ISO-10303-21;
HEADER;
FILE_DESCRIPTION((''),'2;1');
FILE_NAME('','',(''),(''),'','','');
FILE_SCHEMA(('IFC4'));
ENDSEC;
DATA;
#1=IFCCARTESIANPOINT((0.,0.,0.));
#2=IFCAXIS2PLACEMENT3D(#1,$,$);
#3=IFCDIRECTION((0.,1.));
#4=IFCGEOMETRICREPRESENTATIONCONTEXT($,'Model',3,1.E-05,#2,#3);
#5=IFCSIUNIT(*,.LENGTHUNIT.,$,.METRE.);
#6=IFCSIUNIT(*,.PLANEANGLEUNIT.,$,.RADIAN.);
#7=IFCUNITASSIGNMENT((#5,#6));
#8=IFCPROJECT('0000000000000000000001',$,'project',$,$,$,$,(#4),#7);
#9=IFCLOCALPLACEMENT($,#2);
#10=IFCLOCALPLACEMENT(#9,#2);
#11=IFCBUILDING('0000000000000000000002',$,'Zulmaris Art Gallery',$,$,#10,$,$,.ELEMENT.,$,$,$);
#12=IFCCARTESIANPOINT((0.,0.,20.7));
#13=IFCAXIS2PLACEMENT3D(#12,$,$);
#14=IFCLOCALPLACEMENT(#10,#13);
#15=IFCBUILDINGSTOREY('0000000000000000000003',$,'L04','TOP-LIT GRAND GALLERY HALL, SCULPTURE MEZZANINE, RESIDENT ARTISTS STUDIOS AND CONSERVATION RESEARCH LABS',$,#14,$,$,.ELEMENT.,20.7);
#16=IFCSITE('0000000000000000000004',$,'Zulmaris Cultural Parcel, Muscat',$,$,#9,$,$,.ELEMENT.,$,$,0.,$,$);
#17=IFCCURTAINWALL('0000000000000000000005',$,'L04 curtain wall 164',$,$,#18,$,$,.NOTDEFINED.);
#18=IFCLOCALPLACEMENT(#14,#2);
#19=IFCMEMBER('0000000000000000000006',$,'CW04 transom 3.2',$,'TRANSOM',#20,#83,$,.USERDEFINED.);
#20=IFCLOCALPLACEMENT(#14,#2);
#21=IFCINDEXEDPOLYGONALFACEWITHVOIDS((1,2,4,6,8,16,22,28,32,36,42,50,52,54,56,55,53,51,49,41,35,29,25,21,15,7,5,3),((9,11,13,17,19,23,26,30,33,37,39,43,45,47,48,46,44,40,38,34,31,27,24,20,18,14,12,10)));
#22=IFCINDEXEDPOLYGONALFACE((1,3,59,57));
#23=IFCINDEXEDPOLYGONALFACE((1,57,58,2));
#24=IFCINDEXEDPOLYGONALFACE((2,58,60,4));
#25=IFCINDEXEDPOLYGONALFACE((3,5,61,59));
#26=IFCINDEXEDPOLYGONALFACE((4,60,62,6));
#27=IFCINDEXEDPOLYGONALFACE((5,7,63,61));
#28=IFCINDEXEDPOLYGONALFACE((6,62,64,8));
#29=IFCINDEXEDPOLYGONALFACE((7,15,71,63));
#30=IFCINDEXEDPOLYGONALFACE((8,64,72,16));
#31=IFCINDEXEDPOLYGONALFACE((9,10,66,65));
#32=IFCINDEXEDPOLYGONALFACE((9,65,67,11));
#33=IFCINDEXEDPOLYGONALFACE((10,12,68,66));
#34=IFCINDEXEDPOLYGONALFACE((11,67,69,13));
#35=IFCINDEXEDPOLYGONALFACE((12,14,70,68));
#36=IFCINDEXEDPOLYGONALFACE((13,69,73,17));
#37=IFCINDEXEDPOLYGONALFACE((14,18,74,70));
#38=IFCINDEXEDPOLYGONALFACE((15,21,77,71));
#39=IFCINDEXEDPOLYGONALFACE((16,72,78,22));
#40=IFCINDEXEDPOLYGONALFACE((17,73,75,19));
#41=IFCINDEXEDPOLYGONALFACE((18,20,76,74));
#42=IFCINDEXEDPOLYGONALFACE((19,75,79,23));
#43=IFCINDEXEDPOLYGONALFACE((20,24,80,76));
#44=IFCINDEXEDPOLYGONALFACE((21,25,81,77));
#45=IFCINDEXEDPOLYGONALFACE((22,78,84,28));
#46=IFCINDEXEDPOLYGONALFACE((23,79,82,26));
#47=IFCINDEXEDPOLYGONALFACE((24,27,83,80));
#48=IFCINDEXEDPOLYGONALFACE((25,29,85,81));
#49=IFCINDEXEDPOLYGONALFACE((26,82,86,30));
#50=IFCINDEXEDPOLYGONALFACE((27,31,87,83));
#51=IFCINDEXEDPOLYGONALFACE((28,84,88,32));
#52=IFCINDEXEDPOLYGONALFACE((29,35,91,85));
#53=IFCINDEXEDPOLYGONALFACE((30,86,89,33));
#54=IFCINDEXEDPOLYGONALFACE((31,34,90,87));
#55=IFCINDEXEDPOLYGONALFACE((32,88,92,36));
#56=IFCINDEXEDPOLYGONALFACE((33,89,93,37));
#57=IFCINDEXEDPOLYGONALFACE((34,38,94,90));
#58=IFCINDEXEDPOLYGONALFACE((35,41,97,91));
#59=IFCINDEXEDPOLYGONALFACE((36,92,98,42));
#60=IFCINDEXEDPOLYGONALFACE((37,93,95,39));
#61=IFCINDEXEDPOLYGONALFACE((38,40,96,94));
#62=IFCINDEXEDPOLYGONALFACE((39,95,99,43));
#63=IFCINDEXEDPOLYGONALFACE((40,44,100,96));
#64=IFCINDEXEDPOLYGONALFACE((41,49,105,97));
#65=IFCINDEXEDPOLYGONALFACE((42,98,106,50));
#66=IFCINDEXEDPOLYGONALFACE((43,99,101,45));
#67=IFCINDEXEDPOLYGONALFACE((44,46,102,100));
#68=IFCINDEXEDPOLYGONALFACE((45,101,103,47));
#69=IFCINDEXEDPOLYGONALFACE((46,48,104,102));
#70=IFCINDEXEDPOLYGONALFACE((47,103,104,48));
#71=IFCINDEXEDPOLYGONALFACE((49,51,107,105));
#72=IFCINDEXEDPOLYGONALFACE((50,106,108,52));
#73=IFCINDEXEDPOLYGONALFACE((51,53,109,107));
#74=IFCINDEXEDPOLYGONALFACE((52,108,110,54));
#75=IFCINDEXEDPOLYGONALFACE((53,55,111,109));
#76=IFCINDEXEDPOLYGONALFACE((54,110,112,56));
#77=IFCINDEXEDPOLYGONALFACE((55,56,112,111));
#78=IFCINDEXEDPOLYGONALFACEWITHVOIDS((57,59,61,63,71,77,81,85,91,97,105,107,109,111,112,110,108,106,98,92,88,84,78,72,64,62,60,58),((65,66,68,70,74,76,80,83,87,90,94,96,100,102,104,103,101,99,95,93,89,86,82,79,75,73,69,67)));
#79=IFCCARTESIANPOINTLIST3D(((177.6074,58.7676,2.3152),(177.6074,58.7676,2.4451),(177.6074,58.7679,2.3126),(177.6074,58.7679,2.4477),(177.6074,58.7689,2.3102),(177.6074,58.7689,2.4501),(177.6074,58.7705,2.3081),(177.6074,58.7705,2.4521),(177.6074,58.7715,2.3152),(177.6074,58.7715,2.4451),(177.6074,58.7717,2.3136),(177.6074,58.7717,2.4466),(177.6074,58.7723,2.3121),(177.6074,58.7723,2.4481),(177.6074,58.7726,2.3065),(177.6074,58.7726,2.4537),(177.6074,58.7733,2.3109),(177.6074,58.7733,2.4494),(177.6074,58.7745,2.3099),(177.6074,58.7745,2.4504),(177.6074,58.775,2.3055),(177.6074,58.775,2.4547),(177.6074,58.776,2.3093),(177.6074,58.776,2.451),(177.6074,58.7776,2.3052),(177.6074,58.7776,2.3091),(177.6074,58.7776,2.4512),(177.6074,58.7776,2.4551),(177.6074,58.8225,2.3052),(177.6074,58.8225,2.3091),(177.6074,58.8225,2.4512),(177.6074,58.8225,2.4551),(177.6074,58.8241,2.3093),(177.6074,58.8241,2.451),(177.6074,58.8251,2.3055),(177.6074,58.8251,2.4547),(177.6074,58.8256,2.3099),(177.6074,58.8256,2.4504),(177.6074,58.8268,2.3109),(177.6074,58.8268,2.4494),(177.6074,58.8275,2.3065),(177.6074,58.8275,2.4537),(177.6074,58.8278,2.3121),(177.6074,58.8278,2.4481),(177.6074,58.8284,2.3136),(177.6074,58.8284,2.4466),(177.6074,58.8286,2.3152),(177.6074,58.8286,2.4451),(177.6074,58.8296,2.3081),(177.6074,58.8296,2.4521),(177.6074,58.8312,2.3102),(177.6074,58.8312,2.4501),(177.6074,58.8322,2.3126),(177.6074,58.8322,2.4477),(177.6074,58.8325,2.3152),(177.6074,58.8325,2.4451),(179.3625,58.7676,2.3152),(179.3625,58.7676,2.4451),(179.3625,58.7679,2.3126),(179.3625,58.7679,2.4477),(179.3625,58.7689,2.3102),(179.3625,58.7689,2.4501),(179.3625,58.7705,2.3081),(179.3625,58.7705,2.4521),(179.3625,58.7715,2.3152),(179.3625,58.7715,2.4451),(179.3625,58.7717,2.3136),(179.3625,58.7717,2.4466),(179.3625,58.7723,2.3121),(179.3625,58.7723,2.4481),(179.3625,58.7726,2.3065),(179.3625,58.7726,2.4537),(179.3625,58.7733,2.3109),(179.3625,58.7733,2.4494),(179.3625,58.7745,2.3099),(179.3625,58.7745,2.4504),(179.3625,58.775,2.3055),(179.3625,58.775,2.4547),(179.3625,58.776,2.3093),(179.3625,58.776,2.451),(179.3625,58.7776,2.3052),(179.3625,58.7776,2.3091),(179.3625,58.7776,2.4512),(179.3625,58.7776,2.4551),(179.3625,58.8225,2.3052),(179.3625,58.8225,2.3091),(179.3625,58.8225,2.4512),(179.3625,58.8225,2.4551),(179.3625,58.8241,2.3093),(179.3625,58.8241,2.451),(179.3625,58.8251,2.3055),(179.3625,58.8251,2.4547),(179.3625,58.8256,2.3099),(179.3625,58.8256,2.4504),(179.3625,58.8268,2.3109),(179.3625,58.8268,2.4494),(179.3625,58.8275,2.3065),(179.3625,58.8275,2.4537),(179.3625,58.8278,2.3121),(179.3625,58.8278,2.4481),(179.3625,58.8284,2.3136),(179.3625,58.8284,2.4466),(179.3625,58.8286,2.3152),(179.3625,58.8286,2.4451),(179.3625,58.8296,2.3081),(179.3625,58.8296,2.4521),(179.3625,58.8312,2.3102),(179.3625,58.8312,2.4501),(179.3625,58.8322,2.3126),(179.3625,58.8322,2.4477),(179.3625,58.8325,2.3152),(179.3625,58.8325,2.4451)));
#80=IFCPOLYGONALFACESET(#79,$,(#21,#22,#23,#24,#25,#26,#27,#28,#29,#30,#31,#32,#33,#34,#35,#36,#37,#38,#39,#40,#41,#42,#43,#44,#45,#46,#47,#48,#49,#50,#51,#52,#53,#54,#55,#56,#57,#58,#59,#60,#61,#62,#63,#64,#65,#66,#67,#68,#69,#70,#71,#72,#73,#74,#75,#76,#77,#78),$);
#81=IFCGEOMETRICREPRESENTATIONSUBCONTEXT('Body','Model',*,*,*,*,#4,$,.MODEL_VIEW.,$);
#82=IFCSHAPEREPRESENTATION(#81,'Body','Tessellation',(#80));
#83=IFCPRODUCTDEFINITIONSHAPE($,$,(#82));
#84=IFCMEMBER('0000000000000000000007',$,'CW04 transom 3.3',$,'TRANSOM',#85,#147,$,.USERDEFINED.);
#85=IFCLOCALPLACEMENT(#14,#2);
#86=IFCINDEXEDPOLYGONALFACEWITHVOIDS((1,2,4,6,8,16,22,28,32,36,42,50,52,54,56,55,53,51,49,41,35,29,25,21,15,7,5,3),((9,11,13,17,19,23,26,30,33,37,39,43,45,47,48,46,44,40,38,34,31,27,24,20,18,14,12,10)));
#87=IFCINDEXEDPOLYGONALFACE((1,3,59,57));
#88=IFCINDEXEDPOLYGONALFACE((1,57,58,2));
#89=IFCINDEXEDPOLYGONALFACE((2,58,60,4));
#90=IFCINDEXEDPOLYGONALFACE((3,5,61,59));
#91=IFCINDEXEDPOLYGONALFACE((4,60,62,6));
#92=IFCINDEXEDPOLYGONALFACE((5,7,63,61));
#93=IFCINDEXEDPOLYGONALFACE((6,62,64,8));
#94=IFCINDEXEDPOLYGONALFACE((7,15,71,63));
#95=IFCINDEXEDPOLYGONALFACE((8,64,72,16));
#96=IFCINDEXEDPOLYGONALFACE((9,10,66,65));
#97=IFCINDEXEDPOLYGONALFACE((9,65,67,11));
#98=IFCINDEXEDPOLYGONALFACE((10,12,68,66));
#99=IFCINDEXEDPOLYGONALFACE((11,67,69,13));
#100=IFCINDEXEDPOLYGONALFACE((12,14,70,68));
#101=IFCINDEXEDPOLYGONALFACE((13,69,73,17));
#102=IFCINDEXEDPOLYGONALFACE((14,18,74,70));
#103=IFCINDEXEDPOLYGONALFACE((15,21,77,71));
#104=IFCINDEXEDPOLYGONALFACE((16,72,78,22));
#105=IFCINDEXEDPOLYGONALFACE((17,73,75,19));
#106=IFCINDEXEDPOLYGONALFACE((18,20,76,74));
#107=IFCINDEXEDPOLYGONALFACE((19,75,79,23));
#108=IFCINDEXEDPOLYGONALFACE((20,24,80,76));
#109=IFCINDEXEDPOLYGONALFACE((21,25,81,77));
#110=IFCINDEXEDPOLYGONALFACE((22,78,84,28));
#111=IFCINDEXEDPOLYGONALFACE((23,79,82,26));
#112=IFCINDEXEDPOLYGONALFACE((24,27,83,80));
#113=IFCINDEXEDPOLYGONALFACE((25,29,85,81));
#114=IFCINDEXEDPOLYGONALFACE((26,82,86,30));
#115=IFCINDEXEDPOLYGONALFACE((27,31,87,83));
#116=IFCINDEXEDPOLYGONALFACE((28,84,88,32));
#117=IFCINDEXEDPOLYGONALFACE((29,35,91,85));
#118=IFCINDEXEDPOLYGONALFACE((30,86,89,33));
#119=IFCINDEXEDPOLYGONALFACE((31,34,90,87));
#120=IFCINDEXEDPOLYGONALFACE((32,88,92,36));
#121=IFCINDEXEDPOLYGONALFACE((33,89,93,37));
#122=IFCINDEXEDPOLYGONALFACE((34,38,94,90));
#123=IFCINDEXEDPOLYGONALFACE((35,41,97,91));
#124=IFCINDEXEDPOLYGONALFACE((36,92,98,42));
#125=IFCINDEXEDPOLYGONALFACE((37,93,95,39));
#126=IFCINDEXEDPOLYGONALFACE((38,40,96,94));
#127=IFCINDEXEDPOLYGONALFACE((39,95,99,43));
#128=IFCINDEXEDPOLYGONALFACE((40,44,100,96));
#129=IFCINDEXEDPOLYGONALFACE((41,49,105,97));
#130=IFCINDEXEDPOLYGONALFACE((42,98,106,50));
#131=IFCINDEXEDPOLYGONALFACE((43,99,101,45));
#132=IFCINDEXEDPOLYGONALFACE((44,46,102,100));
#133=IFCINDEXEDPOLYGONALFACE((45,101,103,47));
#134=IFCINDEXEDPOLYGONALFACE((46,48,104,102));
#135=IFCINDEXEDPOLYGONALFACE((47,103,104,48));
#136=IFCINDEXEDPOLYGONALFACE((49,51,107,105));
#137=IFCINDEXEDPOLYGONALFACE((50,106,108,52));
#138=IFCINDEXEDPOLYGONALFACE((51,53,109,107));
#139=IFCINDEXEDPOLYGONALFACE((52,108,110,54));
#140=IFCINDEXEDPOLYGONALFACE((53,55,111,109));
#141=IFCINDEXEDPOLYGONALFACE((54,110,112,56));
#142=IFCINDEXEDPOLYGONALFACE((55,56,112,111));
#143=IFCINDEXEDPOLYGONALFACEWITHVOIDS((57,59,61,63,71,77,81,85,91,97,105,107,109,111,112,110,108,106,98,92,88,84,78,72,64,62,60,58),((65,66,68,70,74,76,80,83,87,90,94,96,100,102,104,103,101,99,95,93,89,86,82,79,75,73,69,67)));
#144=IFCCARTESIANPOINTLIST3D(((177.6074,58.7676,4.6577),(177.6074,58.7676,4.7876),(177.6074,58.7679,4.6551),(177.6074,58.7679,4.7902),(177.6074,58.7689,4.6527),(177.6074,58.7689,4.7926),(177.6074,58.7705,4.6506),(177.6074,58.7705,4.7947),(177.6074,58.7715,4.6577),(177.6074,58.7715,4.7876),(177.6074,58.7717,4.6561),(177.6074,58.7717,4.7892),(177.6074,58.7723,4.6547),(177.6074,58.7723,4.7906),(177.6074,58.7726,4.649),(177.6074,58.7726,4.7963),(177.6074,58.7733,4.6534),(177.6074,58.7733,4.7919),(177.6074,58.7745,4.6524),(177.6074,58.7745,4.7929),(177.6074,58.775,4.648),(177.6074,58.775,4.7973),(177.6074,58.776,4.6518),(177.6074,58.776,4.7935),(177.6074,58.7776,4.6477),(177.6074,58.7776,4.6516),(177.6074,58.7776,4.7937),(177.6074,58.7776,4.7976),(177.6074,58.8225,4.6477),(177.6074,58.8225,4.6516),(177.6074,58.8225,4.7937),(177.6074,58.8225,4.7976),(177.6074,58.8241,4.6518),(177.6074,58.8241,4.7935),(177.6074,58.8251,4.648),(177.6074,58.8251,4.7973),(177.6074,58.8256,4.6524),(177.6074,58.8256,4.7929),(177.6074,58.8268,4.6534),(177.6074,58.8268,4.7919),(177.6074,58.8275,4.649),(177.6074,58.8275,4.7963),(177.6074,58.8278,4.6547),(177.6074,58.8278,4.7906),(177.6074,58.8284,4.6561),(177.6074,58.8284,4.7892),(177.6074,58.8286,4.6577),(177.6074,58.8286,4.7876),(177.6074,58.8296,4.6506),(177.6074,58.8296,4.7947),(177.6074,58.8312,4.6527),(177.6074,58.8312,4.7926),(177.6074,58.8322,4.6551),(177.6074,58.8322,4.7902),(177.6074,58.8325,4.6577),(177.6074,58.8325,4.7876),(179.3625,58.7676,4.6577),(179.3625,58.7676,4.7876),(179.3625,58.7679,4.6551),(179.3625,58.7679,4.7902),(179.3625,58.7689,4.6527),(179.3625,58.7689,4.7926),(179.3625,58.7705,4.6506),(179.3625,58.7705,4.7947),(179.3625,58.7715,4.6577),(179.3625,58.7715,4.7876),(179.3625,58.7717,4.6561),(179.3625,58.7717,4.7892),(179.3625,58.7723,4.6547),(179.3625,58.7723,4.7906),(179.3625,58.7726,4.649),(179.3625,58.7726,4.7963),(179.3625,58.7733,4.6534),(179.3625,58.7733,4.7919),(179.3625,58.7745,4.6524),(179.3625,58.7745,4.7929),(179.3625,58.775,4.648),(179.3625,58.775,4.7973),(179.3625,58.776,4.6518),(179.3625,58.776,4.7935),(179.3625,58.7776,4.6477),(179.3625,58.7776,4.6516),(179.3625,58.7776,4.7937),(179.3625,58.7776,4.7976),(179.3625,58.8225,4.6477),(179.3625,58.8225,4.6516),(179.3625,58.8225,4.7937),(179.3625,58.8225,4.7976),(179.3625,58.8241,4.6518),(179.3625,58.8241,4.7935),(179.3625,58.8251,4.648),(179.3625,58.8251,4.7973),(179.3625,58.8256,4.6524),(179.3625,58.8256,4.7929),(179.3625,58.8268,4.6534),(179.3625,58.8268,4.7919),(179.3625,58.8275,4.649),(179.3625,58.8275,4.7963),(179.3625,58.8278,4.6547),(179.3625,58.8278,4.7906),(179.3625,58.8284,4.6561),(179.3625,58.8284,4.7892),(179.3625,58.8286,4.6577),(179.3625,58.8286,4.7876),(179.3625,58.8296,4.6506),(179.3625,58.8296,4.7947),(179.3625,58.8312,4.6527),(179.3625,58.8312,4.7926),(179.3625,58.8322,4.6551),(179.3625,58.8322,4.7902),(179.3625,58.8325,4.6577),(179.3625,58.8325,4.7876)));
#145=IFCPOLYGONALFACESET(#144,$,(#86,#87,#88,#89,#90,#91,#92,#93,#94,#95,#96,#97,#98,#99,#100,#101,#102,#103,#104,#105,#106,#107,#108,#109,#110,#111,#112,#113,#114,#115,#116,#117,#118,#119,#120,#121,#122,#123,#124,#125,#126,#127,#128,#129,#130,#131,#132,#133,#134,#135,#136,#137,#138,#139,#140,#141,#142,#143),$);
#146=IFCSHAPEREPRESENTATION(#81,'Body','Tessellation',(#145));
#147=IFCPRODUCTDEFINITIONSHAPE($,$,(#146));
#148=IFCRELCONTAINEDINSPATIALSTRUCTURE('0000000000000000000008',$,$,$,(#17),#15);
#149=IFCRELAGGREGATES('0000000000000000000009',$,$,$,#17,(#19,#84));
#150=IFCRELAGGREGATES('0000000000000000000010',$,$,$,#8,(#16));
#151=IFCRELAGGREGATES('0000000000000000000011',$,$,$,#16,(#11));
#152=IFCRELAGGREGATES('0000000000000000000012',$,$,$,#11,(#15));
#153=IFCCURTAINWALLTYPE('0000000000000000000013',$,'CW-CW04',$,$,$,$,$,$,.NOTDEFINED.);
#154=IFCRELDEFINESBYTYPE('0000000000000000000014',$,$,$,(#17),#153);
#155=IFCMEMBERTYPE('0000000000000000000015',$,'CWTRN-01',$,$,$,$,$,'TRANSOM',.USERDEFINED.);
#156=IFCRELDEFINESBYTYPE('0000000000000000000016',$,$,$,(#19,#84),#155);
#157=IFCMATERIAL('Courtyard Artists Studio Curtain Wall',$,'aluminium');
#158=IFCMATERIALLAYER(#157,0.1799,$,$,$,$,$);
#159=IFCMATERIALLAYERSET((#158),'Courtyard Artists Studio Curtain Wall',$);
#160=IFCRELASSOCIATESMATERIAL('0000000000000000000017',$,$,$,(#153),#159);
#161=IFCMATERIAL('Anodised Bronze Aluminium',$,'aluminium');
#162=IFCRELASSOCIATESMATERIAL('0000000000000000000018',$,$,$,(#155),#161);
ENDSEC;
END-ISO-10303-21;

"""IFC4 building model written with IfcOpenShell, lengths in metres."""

from ifc_helpers import new_model, si_unit, direction, frame, origin, origin_2d, place, context, subcontext, project, spatial, hollow_rectangle, extrude, material, layer, layer_set, material_profile, profile_set, type_object, element, aggregate, save


model = new_model("IFC4")

# Units and contexts
model_context = context("Model", 3, precision=1e-05, world=origin(), true_north=direction((0.0, 1.0)))
body_context = subcontext(model_context, "Body", "Model", "MODEL_VIEW")
ifc_project = project(units=[si_unit("LENGTHUNIT", "METRE"), si_unit("PLANEANGLEUNIT", "RADIAN")], contexts=[model_context])

# Site, building, storey
site_placement = place(None, origin())
site = spatial("IfcSite", under=ifc_project, at=site_placement, Name="Zulmaris Cultural Parcel, Muscat", CompositionType="ELEMENT", RefElevation=0.0)
building_placement = place(site_placement, origin())
building = spatial("IfcBuilding", under=site, at=building_placement, Name="Zulmaris Art Gallery", CompositionType="ELEMENT")
storey_placement = place(building_placement, frame((0.0, 0.0, 20.7)))
storey = spatial("IfcBuildingStorey", under=building, at=storey_placement, Name="L04", Description="TOP-LIT GRAND GALLERY HALL, SCULPTURE MEZZANINE, RESIDENT ARTISTS STUDIOS AND CONSERVATION RESEARCH LABS", CompositionType="ELEMENT", Elevation=20.7)

# Shared definitions
ifc_material_1 = material(Name="Courtyard Artists Studio Curtain Wall", Category="aluminium")
ifc_layer_1 = layer(ifc_material_1, 0.1799)
ifc_layer_set_1 = layer_set([ifc_layer_1], Name="Courtyard Artists Studio Curtain Wall")
curtain_wall_type = type_object("IfcCurtainWallType", Name="CW-CW04", PredefinedType="NOTDEFINED", material=ifc_layer_set_1)
ifc_material_2 = material(Name="Anodised Bronze Aluminium", Category="aluminium")

# Curtain wall, members
curtain_wall_1_placement = place(storey_placement, origin())
curtain_wall_1 = element("IfcCurtainWall", 1, at=curtain_wall_1_placement, inside=storey, type_object=curtain_wall_type, Name="L04 curtain wall 164", PredefinedType="NOTDEFINED")
ifc_material_profile_1 = material_profile(ifc_material_2, hollow_rectangle(XDim=0.0649, YDim=0.1499, WallThickness=0.0039, InnerFilletRadius=0.0061, OuterFilletRadius=0.01, at=origin_2d()), Name="ALU 65x150x4")
ifc_profile_set_1 = profile_set([ifc_material_profile_1], Name="Anodised Bronze Aluminium")
member_type_1 = type_object("IfcMemberType", Name="CWTRN-01", ElementType="TRANSOM", PredefinedType="USERDEFINED", material=ifc_profile_set_1)
member_1_placement = place(storey_placement, frame((179.3625, 58.8, 2.3801), z_axis=(-1.0, 0.0, 0.0), x_axis=(0.0, -1.0, 0.0)))
member_1 = element("IfcMember", 2, at=member_1_placement, type_object=member_type_1, Name="CW04 transom 3.2", ObjectType="TRANSOM", PredefinedType="USERDEFINED", context=body_context, shape_type="SweptSolid", body=[
    extrude(hollow_rectangle(XDim=0.0649, YDim=0.1499, WallThickness=0.0039, InnerFilletRadius=0.0061, OuterFilletRadius=0.01, at=origin_2d()), origin(), (0.0, 0.0, 1.0), 1.7551),
])
member_2_placement = place(storey_placement, frame((179.3625, 58.8, 4.7227), z_axis=(-1.0, 0.0, 0.0), x_axis=(0.0, -1.0, 0.0)))
member_2 = element("IfcMember", 3, at=member_2_placement, type_object=member_type_1, Name="CW04 transom 3.3", ObjectType="TRANSOM", PredefinedType="USERDEFINED", context=body_context, shape_type="SweptSolid", body=[
    extrude(hollow_rectangle(XDim=0.0649, YDim=0.1499, WallThickness=0.0039, InnerFilletRadius=0.0061, OuterFilletRadius=0.01, at=origin_2d()), origin(), (0.0, 0.0, 1.0), 1.7551),
])
aggregate(curtain_wall_1, [member_1, member_2])

save(model, "model.ifc")
